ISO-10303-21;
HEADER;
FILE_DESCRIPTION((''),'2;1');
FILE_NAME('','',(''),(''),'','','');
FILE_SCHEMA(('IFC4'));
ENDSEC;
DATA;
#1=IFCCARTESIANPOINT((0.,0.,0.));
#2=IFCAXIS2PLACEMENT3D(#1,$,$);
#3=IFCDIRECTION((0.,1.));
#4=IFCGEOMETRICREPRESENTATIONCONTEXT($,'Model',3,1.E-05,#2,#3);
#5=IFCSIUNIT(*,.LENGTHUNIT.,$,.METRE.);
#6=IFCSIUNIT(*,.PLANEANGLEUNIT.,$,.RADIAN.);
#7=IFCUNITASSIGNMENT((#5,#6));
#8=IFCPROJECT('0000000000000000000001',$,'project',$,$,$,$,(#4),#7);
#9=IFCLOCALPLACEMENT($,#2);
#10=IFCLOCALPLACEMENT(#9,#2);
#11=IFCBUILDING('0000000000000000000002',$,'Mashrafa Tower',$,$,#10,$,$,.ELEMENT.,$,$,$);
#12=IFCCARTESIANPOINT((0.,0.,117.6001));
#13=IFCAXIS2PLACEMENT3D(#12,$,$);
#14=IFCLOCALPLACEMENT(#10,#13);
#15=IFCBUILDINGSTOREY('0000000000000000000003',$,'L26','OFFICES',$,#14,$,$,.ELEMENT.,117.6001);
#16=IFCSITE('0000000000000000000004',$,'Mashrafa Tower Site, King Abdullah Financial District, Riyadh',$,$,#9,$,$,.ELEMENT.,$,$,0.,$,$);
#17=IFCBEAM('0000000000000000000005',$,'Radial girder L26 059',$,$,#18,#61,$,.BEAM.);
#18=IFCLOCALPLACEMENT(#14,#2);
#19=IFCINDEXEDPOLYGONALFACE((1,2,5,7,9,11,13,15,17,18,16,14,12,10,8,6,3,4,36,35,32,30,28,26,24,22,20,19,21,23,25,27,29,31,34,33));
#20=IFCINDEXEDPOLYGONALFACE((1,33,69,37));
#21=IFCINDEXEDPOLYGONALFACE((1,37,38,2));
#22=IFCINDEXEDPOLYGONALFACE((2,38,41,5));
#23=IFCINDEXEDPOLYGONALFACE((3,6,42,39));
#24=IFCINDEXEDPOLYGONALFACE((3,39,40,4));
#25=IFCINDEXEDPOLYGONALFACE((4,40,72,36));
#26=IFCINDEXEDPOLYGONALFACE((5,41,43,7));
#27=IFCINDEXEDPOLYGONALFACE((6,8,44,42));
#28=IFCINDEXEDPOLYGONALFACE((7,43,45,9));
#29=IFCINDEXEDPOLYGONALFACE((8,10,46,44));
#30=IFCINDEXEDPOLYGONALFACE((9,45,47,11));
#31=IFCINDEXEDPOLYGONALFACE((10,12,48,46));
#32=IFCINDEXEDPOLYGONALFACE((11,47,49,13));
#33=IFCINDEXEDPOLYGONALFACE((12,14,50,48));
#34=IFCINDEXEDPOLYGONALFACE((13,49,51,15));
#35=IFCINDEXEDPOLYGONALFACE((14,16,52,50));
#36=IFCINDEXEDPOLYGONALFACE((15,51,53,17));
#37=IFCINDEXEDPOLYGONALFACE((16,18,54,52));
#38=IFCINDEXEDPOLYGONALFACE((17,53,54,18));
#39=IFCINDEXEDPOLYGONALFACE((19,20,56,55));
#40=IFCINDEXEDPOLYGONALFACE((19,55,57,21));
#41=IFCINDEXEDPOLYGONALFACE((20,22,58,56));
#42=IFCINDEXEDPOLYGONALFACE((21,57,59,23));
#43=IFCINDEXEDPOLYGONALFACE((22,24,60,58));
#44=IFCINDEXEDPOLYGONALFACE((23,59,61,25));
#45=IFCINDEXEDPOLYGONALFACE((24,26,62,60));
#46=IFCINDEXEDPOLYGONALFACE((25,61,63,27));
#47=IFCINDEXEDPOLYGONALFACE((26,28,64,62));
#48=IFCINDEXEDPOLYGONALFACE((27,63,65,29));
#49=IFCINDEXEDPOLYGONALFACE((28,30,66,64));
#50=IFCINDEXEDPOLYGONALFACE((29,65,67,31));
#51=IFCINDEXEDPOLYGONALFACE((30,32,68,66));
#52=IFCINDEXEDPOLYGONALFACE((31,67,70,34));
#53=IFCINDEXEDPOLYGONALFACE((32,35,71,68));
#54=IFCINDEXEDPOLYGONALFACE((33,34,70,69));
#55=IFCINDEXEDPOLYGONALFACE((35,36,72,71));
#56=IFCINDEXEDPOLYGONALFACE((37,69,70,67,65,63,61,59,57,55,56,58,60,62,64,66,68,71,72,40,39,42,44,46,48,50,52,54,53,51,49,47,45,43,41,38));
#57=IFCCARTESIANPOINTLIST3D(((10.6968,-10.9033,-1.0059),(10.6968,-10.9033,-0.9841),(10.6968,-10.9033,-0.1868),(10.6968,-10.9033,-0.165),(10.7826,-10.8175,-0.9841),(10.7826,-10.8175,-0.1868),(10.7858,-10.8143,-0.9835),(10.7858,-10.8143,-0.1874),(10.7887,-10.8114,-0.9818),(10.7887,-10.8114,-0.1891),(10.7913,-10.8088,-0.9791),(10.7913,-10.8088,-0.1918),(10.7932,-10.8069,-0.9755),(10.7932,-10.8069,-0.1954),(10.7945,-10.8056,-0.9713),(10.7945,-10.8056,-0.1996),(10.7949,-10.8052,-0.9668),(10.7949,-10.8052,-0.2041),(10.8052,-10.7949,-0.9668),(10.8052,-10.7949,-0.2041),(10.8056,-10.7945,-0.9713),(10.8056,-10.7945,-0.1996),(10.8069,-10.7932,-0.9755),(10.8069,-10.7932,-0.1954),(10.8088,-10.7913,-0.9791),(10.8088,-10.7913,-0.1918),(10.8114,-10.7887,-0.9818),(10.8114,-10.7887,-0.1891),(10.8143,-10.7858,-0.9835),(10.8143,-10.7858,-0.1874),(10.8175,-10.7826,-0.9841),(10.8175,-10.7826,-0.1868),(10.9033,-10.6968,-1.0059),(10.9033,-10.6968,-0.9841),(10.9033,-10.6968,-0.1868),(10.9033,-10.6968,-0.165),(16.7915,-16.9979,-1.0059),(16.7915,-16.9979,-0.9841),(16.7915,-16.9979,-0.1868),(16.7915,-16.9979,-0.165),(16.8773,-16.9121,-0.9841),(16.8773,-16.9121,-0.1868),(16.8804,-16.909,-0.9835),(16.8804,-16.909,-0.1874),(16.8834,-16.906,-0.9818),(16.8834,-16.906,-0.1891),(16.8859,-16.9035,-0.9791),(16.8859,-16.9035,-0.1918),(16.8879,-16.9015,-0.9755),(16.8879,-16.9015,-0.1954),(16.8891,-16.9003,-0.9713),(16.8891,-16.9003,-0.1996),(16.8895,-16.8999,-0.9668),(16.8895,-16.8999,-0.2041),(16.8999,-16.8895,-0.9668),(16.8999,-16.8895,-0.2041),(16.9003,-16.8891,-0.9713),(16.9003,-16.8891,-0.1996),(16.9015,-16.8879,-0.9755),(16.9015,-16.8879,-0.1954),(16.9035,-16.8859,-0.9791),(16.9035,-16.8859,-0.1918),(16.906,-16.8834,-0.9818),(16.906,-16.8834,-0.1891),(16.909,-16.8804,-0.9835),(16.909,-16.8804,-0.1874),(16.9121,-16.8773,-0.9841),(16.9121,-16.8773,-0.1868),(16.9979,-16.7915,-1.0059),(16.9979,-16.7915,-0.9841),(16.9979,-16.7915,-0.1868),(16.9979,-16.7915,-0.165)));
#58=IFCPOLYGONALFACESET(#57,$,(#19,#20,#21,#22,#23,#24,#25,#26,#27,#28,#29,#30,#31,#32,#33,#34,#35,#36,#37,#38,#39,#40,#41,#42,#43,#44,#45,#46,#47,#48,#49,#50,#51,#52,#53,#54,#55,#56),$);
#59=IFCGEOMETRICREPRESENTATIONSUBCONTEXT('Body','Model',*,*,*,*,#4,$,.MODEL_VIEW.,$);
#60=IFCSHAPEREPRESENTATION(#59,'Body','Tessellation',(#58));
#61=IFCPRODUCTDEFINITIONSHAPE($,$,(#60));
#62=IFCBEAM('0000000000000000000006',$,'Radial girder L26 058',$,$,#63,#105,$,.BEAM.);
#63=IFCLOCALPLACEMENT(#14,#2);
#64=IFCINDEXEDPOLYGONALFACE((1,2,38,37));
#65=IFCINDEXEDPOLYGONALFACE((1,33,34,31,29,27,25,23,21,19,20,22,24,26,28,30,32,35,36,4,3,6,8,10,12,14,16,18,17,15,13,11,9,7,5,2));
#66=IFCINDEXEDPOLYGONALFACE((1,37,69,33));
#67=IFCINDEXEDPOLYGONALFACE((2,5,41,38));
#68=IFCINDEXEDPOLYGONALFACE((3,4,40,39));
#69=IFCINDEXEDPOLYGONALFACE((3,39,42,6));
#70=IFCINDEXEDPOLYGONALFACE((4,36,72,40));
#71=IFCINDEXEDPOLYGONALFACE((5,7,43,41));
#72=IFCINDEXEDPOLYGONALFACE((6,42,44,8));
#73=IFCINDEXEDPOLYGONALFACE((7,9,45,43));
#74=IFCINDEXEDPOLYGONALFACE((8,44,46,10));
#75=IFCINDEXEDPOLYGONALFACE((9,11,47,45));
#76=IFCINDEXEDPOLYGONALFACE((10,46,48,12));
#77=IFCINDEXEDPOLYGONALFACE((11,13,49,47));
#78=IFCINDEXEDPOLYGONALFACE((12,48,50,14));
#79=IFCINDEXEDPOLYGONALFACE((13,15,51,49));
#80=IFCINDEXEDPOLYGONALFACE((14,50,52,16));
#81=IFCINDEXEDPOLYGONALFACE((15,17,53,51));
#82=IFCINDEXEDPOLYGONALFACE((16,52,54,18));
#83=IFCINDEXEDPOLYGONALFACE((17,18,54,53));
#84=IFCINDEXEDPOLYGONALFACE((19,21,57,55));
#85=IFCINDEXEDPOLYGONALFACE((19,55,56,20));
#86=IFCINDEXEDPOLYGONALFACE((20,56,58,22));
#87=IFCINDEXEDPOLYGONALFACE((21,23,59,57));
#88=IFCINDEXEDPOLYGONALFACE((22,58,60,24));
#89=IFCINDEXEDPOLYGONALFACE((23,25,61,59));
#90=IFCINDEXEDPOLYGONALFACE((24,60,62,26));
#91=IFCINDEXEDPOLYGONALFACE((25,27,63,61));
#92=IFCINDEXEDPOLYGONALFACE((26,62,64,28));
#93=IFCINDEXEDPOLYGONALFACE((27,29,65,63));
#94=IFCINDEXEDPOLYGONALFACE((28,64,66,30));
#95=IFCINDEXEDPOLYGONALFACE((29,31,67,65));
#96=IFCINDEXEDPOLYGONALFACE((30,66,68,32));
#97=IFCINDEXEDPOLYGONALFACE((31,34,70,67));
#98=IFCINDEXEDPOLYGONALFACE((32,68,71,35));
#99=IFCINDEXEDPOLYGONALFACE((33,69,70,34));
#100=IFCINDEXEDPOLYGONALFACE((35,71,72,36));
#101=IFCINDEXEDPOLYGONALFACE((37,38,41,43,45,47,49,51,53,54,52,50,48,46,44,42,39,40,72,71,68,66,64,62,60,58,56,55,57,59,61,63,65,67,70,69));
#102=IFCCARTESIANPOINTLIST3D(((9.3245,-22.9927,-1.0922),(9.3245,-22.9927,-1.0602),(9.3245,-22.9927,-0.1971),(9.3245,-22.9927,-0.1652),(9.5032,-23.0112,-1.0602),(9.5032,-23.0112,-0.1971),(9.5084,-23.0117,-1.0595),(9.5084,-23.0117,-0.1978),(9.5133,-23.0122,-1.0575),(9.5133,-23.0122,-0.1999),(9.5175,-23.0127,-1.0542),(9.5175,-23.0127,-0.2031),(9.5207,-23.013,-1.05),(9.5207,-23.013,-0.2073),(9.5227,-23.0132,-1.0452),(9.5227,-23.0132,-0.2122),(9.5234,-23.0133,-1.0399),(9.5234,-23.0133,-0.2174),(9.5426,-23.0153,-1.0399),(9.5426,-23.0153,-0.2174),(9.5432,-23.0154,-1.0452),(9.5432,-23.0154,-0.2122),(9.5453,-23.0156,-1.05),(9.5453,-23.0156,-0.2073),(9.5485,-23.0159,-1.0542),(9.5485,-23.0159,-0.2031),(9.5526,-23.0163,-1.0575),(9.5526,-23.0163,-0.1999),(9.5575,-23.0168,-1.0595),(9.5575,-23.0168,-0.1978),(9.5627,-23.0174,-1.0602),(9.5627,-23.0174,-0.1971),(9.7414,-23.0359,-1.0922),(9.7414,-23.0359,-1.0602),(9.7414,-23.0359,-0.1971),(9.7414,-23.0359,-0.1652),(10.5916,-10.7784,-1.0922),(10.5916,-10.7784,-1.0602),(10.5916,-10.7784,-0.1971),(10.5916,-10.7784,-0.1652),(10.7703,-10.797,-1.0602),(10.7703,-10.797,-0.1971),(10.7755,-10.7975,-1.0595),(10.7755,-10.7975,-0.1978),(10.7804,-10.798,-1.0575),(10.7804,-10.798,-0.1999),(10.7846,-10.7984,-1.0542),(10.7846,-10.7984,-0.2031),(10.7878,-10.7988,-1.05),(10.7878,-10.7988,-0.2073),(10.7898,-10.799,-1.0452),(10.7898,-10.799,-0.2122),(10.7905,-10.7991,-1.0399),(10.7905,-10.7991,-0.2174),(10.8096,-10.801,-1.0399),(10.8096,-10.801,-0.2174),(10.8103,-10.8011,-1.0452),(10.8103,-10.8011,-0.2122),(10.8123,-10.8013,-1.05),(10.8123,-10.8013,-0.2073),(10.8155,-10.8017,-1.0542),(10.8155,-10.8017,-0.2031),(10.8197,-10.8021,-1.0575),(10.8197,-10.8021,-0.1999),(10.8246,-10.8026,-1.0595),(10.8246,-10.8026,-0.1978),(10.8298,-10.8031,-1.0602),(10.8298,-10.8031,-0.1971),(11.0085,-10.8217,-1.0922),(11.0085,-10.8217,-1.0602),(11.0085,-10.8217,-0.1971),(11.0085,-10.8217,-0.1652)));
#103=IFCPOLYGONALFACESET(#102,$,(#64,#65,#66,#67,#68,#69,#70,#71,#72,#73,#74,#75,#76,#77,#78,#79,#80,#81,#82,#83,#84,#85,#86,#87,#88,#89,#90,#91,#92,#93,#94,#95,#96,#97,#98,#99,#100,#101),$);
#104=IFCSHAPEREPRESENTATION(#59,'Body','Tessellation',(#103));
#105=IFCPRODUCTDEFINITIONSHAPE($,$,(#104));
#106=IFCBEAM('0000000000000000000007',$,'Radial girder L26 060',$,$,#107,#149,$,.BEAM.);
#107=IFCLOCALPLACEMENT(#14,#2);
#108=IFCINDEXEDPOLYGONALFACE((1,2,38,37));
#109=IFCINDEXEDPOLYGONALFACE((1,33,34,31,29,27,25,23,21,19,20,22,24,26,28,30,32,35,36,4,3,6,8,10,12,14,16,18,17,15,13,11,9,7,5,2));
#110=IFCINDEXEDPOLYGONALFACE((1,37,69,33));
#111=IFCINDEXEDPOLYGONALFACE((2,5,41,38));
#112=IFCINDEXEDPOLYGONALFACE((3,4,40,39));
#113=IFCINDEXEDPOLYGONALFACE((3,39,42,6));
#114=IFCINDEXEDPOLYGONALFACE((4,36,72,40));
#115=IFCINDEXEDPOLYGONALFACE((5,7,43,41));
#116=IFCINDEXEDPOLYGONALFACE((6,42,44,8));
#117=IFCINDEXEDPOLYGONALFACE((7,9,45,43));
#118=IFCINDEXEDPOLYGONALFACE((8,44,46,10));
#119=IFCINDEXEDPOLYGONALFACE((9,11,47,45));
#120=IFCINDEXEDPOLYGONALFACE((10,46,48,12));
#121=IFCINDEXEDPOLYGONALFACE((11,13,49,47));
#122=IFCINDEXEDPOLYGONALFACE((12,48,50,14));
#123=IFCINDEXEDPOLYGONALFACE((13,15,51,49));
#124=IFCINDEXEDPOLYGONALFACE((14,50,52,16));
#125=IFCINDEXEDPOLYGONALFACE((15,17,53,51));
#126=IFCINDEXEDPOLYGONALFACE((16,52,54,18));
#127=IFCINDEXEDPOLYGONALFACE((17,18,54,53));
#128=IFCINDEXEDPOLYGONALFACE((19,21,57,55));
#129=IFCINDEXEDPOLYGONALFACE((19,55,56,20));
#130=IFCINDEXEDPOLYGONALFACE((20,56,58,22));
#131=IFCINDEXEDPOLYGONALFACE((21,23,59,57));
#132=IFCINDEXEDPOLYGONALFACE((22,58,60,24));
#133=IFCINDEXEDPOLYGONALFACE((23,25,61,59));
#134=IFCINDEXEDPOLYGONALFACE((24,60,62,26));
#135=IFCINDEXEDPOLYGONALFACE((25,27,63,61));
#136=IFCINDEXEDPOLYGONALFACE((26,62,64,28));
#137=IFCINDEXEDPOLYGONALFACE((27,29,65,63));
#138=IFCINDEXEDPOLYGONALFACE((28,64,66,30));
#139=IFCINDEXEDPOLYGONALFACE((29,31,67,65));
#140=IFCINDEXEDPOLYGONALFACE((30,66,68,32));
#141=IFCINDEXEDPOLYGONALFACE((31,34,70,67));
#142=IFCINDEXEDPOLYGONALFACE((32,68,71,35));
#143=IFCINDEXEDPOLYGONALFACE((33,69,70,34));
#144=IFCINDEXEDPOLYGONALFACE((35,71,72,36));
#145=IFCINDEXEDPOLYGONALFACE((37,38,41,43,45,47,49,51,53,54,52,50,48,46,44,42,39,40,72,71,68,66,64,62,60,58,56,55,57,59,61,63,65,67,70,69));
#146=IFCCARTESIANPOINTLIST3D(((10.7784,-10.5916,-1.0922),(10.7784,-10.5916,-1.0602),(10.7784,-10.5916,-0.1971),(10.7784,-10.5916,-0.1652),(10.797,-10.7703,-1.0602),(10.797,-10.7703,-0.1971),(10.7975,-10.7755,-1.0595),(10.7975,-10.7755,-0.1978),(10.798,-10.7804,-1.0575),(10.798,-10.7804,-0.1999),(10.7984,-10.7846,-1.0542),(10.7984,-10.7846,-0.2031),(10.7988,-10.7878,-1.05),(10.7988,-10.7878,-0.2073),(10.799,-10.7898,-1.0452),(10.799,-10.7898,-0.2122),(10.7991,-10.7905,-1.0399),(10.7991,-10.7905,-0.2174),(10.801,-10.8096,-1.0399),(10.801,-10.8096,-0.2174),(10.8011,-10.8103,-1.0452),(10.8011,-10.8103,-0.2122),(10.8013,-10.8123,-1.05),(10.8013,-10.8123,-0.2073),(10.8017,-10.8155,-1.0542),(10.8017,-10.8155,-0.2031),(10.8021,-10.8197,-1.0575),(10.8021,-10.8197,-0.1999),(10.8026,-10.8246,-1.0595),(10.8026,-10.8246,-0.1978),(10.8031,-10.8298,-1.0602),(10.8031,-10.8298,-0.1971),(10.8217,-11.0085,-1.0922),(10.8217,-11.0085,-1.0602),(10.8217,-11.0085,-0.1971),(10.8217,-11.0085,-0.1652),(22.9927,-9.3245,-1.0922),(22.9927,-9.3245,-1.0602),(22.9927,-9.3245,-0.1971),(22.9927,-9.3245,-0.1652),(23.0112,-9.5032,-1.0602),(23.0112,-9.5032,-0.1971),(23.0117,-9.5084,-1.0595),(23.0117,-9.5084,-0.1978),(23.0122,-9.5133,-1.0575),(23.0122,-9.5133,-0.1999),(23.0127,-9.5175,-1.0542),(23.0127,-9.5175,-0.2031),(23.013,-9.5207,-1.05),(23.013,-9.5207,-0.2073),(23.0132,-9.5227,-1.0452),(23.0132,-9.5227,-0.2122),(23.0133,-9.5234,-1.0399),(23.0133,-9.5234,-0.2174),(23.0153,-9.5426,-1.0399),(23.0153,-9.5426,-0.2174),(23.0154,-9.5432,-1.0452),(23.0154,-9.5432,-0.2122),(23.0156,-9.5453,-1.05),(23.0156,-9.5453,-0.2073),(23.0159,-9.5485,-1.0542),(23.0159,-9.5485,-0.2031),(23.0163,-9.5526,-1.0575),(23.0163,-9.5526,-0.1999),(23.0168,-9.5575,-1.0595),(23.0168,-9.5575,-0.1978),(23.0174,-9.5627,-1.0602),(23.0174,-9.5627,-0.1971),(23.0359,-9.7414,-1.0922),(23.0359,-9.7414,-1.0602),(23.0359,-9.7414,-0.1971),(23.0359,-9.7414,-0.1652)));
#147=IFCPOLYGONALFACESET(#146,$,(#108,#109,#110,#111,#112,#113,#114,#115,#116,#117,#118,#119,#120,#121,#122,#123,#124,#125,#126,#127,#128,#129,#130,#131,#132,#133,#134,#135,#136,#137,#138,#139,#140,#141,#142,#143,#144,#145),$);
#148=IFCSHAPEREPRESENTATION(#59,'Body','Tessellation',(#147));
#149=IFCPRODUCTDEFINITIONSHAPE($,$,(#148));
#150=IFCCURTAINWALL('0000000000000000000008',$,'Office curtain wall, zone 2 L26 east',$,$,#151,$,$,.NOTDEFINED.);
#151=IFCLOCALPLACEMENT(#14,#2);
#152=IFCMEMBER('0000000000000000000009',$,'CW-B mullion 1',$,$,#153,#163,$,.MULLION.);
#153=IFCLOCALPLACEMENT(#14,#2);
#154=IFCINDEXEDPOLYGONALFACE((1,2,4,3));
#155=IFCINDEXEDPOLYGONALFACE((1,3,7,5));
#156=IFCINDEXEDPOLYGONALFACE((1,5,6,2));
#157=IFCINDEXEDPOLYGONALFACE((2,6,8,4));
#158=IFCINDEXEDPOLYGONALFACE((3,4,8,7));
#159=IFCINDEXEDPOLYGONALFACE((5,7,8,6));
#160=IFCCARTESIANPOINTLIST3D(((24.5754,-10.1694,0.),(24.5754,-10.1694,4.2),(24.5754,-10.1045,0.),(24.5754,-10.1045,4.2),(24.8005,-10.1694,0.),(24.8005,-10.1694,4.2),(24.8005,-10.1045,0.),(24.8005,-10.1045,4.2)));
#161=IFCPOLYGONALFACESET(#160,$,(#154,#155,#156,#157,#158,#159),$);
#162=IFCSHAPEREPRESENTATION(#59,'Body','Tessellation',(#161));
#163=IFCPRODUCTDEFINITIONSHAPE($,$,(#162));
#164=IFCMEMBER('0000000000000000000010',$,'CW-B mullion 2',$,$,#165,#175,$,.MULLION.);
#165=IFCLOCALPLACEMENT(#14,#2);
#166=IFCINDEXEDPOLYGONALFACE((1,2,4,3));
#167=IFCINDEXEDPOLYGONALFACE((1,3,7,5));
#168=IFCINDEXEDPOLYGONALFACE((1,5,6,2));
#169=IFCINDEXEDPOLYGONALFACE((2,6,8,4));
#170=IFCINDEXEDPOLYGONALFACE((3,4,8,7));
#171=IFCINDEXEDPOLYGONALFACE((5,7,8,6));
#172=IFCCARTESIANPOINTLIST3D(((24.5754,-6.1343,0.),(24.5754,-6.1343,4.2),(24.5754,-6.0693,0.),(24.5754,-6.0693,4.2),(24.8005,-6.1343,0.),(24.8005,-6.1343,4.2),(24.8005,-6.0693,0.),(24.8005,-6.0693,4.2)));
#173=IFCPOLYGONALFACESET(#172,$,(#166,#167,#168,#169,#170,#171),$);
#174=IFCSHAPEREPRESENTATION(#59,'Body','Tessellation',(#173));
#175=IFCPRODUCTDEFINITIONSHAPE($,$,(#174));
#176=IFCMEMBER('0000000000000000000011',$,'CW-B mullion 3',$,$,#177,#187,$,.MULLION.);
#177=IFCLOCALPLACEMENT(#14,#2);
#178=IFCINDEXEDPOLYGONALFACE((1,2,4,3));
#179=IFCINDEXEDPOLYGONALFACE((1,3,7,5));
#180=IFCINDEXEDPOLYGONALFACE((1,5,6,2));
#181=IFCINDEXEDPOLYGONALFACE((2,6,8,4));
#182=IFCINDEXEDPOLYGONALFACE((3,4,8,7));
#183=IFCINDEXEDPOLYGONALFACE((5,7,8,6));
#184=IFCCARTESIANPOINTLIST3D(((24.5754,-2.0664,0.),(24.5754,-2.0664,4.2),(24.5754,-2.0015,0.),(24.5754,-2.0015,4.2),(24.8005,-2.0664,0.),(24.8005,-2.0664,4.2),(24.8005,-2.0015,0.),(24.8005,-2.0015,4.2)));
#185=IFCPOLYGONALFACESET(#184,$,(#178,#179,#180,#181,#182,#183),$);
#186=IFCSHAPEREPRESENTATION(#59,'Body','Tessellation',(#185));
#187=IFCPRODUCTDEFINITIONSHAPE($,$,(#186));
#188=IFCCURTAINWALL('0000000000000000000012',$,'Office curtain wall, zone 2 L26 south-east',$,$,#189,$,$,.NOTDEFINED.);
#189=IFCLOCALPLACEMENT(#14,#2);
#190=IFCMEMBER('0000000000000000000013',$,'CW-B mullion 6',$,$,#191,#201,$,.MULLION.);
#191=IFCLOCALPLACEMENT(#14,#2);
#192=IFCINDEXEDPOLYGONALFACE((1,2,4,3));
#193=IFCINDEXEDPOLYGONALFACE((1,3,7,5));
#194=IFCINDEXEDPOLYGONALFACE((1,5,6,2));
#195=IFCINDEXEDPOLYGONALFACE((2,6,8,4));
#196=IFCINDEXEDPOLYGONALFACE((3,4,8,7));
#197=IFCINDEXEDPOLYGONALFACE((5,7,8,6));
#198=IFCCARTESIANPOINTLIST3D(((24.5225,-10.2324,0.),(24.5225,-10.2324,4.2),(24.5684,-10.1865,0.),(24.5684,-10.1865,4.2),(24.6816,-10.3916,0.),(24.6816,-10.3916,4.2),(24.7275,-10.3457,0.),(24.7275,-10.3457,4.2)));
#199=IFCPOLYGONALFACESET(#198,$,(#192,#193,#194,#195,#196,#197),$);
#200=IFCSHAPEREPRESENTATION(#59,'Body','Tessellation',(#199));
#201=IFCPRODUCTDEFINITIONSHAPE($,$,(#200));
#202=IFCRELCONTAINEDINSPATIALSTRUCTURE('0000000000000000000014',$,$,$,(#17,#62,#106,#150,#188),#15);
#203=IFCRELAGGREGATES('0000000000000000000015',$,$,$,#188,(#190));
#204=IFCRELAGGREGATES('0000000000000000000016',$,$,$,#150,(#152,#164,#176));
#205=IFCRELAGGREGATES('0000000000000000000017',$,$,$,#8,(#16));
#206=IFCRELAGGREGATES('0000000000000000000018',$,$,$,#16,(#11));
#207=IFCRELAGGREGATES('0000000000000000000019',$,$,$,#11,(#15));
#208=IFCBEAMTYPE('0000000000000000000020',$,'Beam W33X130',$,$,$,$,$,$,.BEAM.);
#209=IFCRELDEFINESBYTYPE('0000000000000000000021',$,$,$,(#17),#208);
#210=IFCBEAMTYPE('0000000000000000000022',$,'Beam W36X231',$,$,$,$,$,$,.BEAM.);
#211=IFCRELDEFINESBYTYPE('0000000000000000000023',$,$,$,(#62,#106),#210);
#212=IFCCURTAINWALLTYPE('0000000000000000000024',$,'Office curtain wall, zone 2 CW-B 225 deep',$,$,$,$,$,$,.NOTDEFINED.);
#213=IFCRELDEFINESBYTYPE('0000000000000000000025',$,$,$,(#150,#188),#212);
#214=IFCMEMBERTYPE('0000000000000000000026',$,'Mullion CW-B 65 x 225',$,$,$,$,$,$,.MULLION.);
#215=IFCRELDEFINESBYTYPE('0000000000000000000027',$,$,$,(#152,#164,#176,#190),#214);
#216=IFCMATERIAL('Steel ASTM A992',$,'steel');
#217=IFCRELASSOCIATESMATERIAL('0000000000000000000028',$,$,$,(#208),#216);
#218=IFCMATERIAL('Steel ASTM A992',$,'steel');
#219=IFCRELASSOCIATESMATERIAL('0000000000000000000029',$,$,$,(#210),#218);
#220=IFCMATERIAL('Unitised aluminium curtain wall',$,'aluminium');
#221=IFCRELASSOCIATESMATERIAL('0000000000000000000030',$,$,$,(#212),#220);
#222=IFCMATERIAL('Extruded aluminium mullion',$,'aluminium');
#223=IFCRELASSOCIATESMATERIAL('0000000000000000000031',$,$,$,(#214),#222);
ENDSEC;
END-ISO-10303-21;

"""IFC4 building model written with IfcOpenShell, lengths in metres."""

from ifc_helpers import new_model, si_unit, direction, frame, origin, origin_2d, place, context, subcontext, project, spatial, rectangle, i_section, extrude, source, transform, mapped, material, material_profile, profile_set, type_object, type_shapes, element, aggregate, save


model = new_model("IFC4")

# Units and contexts
model_context = context("Model", 3, precision=1e-05, world=origin(), true_north=direction((0.0, 1.0)))
body_context = subcontext(model_context, "Body", "Model", "MODEL_VIEW")
ifc_project = project(units=[si_unit("LENGTHUNIT", "METRE"), si_unit("PLANEANGLEUNIT", "RADIAN")], contexts=[model_context])

# Site, building, storey
site_placement = place(None, origin())
site = spatial("IfcSite", under=ifc_project, at=site_placement, Name="Mashrafa Tower Site, King Abdullah Financial District, Riyadh", CompositionType="ELEMENT", RefElevation=0.0)
building_placement = place(site_placement, origin())
building = spatial("IfcBuilding", under=site, at=building_placement, Name="Mashrafa Tower", CompositionType="ELEMENT")
storey_placement = place(building_placement, frame((0.0, 0.0, 117.6001)))
storey = spatial("IfcBuildingStorey", under=building, at=storey_placement, Name="L26", Description="OFFICES", CompositionType="ELEMENT", Elevation=117.6001)

# Beams
ifc_material_1 = material(Name="Steel ASTM A992", Category="steel")
ifc_material_profile_1 = material_profile(ifc_material_1, i_section(OverallWidth=0.292, OverallDepth=0.8408, WebThickness=0.0146, FlangeThickness=0.0217, FilletRadius=0.0173, at=origin_2d()), Name="W33X130")
ifc_profile_set_1 = profile_set([ifc_material_profile_1], Name="Steel ASTM A992")
beam_type_1 = type_object("IfcBeamType", Name="Beam W33X130", PredefinedType="BEAM", material=ifc_profile_set_1)
beam_1_placement = place(storey_placement, frame((10.8, -10.8, -0.5854), z_axis=(0.707107, -0.707107, 0.0), x_axis=(0.707107, 0.707107, 0.0)))
element("IfcBeam", 1, at=beam_1_placement, inside=storey, type_object=beam_type_1, Name="Radial girder L26 059", PredefinedType="BEAM", context=body_context, shape_type="SweptSolid", body=[
    extrude(i_section(OverallWidth=0.292, OverallDepth=0.8408, WebThickness=0.0146, FlangeThickness=0.0217, FilletRadius=0.0173, at=origin_2d()), origin(), (0.0, 0.0, 1.0), 8.6191),
])
ifc_material_2 = material(Name="Steel ASTM A992", Category="steel")
ifc_material_profile_2 = material_profile(ifc_material_2, i_section(OverallWidth=0.4192, OverallDepth=0.927, WebThickness=0.0193, FlangeThickness=0.032, FilletRadius=0.0203, at=origin_2d()), Name="W36X231")
ifc_profile_set_2 = profile_set([ifc_material_profile_2], Name="Steel ASTM A992")
beam_type_2 = type_object("IfcBeamType", Name="Beam W36X231", PredefinedType="BEAM", material=ifc_profile_set_2)
for number, where, z_axis, x_axis, name in (
    (2, (10.8, -10.8, -0.6287), (-0.103184, -0.994662, 0.0), (0.994662, -0.103184, 0.0), "Radial girder L26 058"),
    (3, (10.8, -10.8, -0.6287), (0.994662, 0.103184, 0.0), (-0.103184, 0.994662, 0.0), "Radial girder L26 060"),
):
    element("IfcBeam", number, at=place(storey_placement, frame(where, z_axis=z_axis, x_axis=x_axis)), inside=storey, type_object=beam_type_2, Name=name, PredefinedType="BEAM", context=body_context, shape_type="SweptSolid", body=[
        extrude(i_section(OverallWidth=0.4192, OverallDepth=0.927, WebThickness=0.0193, FlangeThickness=0.032, FilletRadius=0.0203, at=origin_2d()), origin(), (0.0, 0.0, 1.0), 12.2798),
    ])

# Curtain wall, members
ifc_material_3 = material(Name="Unitised aluminium curtain wall", Category="aluminium")
curtain_wall_type = type_object("IfcCurtainWallType", Name="Office curtain wall, zone 2 CW-B 225 deep", PredefinedType="NOTDEFINED", material=ifc_material_3)
curtain_wall_1_placement = place(storey_placement, origin())
curtain_wall_1 = element("IfcCurtainWall", 4, at=curtain_wall_1_placement, inside=storey, type_object=curtain_wall_type, Name="Office curtain wall, zone 2 L26 east", PredefinedType="NOTDEFINED")
ifc_material_4 = material(Name="Extruded aluminium mullion", Category="aluminium")
ifc_material_profile_3 = material_profile(ifc_material_4, rectangle(XDim=0.2251, YDim=0.0649, at=origin_2d()), Name="Mullion 65x225")
ifc_profile_set_3 = profile_set([ifc_material_profile_3], Name="Extruded aluminium mullion")
member_type_1 = type_object("IfcMemberType", Name="Mullion CW-B 65 x 225", PredefinedType="MULLION", material=ifc_profile_set_3)
shared_shape_1 = source(origin(), body_context, "Body", "SweptSolid", [
    extrude(rectangle(XDim=0.2251, YDim=0.0649, at=origin_2d()), origin(), (0.0, 0.0, 1.0), 4.2),
])
type_shapes(member_type_1, [shared_shape_1])
member_1_placement = place(storey_placement, frame((24.688, -10.137, 0.0), z_axis=(0.0, 0.0, 1.0), x_axis=(-1.0, 0.0, 0.0)))
member_1 = element("IfcMember", 5, at=member_1_placement, type_object=member_type_1, Name="CW-B mullion 1", PredefinedType="MULLION", context=body_context, shape_type="MappedRepresentation", body=[
    mapped(shared_shape_1, transform((0.0, 0.0, 0.0))),
])
member_2_placement = place(storey_placement, frame((24.688, -6.1018, 0.0), z_axis=(0.0, 0.0, 1.0), x_axis=(-1.0, 0.0, 0.0)))
member_2 = element("IfcMember", 6, at=member_2_placement, type_object=member_type_1, Name="CW-B mullion 2", PredefinedType="MULLION", context=body_context, shape_type="MappedRepresentation", body=[
    mapped(shared_shape_1, transform((0.0, 0.0, 0.0))),
])
member_3_placement = place(storey_placement, frame((24.688, -2.0339, 0.0), z_axis=(0.0, 0.0, 1.0), x_axis=(-1.0, 0.0, 0.0)))
member_3 = element("IfcMember", 7, at=member_3_placement, type_object=member_type_1, Name="CW-B mullion 3", PredefinedType="MULLION", context=body_context, shape_type="MappedRepresentation", body=[
    mapped(shared_shape_1, transform((0.0, 0.0, 0.0))),
])

# Curtain wall, member
curtain_wall_2_placement = place(storey_placement, origin())
curtain_wall_2 = element("IfcCurtainWall", 8, at=curtain_wall_2_placement, inside=storey, type_object=curtain_wall_type, Name="Office curtain wall, zone 2 L26 south-east", PredefinedType="NOTDEFINED")
member_4_placement = place(storey_placement, frame((24.625, -10.2891, 0.0), z_axis=(0.0, 0.0, 1.0), x_axis=(-0.707107, 0.707107, 0.0)))
member_4 = element("IfcMember", 9, at=member_4_placement, type_object=member_type_1, Name="CW-B mullion 6", PredefinedType="MULLION", context=body_context, shape_type="MappedRepresentation", body=[
    mapped(shared_shape_1, transform((0.0, 0.0, 0.0))),
])

aggregate(curtain_wall_2, [member_4])
aggregate(curtain_wall_1, [member_1, member_2, member_3])

save(model, "model.ifc")
